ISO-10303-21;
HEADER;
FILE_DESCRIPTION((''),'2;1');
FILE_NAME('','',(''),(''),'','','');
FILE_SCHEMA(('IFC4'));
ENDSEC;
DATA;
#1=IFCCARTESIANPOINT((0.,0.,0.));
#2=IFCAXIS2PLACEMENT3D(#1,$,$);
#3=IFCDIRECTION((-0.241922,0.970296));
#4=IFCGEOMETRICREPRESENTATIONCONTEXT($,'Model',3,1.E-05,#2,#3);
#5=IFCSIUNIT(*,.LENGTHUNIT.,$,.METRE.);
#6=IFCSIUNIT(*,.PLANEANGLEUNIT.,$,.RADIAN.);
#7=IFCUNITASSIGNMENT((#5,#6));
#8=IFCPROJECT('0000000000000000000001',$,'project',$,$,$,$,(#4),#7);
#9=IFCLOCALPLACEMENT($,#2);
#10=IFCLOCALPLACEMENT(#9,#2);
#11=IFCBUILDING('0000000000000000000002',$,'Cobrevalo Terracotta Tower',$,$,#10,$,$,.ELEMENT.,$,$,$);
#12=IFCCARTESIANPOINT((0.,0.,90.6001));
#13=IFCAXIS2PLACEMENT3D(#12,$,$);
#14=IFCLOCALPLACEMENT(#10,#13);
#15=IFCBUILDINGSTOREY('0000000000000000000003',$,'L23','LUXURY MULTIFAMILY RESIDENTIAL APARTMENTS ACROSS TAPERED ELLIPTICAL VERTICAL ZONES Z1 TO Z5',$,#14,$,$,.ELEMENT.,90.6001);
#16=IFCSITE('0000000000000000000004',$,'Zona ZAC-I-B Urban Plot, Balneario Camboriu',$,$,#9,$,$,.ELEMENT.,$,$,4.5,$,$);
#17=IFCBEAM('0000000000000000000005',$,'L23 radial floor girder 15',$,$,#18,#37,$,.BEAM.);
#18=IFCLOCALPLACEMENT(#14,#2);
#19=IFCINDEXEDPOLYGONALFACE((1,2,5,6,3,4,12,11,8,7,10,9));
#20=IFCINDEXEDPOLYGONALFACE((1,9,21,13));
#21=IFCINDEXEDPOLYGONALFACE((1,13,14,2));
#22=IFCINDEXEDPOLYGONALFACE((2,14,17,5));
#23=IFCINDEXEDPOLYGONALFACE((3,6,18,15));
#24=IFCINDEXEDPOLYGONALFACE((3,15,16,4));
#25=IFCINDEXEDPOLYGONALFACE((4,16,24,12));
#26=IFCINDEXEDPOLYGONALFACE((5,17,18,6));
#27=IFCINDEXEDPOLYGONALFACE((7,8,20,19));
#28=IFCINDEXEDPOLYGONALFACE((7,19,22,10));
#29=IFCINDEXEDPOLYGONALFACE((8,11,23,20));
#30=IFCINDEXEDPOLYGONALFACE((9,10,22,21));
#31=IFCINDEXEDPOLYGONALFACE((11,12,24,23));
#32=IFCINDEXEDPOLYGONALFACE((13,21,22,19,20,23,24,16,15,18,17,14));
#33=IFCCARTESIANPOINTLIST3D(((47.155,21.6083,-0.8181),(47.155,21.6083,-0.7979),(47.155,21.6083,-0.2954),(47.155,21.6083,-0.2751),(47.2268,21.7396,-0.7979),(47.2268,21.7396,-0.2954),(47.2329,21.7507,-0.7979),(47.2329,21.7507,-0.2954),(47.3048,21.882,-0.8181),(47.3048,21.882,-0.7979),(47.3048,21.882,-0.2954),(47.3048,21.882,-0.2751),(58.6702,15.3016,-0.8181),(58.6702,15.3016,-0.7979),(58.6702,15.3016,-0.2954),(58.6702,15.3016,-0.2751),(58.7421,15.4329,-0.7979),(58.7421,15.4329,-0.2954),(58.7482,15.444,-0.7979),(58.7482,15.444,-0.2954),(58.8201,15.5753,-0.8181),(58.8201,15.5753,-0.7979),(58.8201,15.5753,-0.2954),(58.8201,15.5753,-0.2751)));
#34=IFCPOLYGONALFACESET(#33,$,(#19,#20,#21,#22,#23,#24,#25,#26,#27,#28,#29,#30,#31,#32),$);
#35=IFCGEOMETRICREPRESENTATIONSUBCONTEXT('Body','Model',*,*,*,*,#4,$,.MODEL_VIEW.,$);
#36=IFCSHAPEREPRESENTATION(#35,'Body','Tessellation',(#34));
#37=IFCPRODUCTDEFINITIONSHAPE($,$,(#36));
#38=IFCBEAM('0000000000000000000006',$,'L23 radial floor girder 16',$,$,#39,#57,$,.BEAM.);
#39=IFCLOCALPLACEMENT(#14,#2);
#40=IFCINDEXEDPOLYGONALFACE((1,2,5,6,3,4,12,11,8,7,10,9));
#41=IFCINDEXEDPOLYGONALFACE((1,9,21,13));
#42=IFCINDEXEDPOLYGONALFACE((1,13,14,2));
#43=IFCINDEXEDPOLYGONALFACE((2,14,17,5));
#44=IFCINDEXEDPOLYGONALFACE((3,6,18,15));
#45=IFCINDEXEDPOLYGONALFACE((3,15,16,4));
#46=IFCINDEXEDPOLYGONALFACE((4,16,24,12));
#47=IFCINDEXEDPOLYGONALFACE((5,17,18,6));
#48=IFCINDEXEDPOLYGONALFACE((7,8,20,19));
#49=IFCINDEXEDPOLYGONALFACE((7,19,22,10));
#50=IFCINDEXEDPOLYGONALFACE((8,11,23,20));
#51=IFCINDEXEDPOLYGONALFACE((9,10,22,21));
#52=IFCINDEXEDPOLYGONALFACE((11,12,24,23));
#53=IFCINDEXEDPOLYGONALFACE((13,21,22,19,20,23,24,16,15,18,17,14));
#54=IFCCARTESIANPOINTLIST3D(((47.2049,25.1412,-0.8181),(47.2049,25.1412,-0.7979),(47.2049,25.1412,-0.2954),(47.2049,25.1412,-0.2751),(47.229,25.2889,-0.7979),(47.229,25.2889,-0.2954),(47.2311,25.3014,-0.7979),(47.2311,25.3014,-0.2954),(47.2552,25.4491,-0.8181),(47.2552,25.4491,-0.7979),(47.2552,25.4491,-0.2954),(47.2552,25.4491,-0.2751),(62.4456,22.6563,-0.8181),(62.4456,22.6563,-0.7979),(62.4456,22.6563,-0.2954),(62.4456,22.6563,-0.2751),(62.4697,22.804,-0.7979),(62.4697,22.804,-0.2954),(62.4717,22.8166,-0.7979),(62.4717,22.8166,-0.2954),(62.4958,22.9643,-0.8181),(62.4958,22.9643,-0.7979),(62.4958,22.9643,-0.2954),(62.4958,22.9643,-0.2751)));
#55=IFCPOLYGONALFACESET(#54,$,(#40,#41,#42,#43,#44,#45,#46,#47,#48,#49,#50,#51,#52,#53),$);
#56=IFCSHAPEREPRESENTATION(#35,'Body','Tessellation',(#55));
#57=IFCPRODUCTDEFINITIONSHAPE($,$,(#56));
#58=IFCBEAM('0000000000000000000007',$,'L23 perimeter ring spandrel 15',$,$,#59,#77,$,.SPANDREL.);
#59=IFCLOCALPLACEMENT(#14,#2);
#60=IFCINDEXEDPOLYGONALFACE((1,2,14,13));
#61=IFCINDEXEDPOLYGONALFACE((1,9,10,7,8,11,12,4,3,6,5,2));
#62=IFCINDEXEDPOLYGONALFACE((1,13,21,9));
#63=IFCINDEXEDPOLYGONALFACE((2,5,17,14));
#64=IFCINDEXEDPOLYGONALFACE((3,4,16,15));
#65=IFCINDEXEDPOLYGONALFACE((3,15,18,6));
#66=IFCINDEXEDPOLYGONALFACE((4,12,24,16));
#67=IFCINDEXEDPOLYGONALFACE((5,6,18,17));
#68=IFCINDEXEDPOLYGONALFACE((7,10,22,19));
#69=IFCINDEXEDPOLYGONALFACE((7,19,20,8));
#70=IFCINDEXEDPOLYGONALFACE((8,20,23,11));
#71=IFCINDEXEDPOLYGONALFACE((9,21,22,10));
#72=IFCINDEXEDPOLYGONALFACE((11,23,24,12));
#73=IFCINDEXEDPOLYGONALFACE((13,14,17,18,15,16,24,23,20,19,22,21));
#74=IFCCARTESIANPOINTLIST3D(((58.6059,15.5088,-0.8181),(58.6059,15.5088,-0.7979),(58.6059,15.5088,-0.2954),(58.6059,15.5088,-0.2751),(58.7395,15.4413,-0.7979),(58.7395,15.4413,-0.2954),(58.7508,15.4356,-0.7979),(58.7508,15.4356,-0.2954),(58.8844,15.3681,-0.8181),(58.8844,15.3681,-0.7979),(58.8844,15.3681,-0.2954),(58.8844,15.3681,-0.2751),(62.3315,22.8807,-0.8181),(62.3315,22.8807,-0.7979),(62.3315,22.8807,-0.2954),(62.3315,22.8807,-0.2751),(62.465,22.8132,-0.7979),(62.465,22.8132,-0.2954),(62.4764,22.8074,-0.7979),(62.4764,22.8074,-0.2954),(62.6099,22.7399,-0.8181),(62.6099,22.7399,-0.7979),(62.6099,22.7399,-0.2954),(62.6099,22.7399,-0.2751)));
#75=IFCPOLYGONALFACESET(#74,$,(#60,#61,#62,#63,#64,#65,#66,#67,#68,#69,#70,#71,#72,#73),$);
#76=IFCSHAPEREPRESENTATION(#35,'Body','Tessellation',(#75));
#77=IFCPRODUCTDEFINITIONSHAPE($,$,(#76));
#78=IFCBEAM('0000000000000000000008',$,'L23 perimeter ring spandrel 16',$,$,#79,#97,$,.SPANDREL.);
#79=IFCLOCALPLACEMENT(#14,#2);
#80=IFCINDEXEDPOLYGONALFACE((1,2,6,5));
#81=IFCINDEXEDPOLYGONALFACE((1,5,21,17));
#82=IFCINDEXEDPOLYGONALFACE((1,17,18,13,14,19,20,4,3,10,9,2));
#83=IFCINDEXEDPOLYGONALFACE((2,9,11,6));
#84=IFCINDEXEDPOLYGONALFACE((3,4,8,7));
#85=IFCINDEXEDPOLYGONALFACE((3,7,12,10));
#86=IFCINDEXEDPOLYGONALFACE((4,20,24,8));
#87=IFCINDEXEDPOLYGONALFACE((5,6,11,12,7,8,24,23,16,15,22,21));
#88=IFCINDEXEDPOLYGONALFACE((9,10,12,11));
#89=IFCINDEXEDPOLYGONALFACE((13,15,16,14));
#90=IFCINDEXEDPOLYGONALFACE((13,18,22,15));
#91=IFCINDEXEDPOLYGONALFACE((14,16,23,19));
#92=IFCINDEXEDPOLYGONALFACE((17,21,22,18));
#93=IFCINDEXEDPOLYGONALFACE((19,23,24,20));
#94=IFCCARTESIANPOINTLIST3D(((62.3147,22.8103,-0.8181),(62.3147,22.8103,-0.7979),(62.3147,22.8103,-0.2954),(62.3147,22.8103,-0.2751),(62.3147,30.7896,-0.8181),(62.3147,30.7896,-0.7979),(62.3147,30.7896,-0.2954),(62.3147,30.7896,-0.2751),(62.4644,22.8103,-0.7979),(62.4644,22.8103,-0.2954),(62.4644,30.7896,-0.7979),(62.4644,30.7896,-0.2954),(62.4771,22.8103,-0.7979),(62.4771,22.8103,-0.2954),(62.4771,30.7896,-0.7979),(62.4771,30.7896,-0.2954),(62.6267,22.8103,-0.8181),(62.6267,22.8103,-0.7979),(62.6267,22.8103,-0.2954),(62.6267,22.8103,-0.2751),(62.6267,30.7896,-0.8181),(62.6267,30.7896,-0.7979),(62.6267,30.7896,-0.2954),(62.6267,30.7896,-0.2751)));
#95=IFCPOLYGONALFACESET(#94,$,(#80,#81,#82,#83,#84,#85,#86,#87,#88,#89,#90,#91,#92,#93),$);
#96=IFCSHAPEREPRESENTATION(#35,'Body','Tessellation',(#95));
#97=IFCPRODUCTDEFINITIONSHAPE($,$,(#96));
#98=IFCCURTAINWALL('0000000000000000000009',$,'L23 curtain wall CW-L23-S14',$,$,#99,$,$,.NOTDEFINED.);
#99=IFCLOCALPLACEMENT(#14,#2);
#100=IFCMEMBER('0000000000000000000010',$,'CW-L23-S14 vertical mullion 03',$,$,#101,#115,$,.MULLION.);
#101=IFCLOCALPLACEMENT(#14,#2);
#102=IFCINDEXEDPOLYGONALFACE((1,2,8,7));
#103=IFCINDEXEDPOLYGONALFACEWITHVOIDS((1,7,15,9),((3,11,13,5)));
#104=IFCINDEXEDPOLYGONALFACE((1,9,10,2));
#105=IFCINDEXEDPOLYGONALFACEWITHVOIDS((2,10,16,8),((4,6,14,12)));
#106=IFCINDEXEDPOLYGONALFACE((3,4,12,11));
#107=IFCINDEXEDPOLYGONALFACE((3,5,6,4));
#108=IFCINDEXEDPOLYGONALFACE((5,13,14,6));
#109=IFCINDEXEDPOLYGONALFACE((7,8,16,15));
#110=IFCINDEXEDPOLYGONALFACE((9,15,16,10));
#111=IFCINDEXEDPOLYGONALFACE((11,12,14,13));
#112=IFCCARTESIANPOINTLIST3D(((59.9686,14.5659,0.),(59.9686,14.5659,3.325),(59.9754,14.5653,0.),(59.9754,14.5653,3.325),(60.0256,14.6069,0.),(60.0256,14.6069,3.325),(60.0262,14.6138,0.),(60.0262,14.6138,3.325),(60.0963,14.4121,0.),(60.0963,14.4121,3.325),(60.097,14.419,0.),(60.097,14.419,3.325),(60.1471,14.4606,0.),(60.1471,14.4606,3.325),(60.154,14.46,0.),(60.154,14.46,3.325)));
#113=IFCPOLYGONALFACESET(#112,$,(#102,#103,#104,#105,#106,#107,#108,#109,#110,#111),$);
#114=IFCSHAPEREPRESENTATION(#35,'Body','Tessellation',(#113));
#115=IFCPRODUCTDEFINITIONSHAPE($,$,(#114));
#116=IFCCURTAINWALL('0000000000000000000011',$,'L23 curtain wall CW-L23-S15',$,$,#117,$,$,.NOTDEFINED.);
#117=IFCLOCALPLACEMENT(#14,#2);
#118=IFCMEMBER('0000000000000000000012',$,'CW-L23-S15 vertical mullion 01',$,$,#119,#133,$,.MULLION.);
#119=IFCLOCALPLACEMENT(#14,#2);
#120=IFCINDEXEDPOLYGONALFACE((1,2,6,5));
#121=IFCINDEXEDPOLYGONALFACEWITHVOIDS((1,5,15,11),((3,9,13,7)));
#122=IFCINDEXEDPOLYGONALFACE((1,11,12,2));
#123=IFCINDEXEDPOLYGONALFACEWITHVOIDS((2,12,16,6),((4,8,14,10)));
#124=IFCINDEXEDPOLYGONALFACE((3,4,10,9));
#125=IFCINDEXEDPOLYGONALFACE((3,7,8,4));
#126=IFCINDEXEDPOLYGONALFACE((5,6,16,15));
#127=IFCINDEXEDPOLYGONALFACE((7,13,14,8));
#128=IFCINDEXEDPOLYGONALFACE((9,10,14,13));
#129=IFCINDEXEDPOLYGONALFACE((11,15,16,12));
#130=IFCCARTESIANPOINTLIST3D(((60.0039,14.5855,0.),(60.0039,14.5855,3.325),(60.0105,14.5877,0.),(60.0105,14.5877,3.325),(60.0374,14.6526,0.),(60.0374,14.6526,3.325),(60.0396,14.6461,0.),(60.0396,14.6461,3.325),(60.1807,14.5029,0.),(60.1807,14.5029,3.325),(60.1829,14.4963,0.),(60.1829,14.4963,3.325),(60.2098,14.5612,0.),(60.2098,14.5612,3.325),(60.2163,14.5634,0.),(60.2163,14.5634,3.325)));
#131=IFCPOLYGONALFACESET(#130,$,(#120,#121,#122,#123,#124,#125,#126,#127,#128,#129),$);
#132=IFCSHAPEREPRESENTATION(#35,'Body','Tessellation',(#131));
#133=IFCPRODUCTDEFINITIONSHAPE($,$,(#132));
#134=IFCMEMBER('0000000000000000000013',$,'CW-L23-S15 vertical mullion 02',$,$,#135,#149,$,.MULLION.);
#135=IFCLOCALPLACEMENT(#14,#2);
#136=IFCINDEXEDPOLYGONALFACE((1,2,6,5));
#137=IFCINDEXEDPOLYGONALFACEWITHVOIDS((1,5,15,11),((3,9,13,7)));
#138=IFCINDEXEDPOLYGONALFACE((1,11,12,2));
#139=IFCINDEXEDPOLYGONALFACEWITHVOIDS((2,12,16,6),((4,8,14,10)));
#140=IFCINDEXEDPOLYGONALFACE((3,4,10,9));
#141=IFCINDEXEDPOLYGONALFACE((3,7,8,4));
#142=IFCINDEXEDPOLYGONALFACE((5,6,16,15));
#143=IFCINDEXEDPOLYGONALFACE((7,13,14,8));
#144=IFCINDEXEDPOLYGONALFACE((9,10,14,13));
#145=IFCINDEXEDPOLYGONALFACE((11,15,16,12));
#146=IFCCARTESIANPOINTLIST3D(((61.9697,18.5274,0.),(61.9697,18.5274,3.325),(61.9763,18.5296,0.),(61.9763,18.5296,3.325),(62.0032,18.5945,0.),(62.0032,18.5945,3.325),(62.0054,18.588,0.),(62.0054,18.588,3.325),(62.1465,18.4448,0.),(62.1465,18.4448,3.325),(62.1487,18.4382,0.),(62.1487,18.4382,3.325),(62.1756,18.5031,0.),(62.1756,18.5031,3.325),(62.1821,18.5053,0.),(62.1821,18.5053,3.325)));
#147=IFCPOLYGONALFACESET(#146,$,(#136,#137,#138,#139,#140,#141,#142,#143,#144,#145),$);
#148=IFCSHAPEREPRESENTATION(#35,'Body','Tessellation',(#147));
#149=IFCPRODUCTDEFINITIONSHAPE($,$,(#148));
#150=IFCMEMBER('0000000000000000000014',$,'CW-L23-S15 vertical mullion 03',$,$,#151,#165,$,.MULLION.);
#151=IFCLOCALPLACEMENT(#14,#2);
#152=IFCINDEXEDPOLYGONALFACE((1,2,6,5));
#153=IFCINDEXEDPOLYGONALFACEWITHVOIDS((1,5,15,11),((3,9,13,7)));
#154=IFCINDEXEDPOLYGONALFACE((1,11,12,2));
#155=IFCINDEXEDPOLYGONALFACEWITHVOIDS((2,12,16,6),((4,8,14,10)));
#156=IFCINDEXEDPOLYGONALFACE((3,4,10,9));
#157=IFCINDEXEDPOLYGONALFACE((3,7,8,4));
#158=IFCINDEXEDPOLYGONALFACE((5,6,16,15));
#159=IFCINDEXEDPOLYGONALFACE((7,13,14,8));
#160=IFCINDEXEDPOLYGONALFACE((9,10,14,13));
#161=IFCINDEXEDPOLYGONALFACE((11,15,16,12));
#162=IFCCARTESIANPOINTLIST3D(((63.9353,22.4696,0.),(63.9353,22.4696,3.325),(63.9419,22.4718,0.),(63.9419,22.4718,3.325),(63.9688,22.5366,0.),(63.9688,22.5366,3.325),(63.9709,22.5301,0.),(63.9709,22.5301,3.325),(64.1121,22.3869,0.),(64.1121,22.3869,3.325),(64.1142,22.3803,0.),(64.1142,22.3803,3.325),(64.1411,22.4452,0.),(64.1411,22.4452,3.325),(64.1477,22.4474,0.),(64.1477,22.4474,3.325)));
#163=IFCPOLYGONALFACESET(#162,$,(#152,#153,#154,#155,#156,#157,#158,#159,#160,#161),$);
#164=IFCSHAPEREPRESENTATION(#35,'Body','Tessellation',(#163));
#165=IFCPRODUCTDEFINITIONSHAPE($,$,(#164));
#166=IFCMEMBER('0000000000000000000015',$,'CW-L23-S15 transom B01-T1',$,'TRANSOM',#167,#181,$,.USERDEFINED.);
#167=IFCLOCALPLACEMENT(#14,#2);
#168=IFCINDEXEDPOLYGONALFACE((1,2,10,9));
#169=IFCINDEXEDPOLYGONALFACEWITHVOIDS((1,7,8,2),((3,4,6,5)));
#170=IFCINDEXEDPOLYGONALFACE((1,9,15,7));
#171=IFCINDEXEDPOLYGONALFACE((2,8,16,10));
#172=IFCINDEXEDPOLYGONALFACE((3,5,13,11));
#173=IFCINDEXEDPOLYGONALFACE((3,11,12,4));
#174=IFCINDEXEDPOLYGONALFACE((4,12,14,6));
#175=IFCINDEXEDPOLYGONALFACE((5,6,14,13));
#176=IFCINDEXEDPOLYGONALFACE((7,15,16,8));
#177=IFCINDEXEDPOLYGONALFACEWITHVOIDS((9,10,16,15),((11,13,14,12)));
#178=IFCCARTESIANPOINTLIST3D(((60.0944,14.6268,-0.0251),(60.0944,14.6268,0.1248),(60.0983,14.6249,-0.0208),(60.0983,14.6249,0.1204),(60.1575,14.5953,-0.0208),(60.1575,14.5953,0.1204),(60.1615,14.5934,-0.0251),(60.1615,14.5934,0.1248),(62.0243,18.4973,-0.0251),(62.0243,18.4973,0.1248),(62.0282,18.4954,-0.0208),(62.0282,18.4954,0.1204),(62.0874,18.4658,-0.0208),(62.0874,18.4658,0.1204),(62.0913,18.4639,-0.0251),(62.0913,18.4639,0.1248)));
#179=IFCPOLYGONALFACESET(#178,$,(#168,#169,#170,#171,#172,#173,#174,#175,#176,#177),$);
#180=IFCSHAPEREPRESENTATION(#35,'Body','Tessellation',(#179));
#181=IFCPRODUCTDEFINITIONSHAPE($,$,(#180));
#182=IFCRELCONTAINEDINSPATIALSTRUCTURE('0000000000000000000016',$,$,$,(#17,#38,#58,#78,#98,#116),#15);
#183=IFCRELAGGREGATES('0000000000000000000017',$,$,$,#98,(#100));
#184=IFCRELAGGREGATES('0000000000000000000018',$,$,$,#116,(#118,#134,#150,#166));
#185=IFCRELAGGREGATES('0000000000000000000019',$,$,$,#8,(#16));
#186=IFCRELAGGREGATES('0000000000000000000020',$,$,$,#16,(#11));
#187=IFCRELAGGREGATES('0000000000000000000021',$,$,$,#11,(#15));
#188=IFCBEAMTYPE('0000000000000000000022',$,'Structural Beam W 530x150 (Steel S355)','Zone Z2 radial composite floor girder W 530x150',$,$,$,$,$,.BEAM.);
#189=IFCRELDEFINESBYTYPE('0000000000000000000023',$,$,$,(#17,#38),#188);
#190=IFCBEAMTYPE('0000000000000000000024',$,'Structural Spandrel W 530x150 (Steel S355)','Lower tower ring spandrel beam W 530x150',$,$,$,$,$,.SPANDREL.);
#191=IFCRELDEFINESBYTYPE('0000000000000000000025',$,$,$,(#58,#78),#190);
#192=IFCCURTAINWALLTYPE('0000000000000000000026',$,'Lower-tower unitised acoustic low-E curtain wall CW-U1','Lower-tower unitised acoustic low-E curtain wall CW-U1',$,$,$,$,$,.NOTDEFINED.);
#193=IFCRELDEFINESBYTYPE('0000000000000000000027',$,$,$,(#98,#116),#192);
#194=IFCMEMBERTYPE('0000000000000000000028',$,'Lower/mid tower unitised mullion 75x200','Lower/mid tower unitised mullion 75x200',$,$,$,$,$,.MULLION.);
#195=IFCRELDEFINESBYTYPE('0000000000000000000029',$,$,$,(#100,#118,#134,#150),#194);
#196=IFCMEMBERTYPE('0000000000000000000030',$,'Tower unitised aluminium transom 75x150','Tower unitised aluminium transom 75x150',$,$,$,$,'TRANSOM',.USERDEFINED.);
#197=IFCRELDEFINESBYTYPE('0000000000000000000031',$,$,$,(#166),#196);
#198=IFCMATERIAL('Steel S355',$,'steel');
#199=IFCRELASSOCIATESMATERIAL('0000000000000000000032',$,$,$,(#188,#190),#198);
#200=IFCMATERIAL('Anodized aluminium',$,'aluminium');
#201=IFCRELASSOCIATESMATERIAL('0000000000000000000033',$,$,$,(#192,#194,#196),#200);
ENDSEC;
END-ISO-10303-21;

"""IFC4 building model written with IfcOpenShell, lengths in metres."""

from ifc_helpers import new_model, si_unit, direction, frame, origin, origin_2d, place, context, subcontext, project, spatial, hollow_rectangle, i_section, extrude, source, transform, mapped, material, material_profile, profile_set, type_object, element, aggregate, save


model = new_model("IFC4")

# Units and contexts
model_context = context("Model", 3, precision=1e-05, world=origin(), true_north=direction((-0.241922, 0.970296)))
body_context = subcontext(model_context, "Body", "Model", "MODEL_VIEW")
ifc_project = project(units=[si_unit("LENGTHUNIT", "METRE"), si_unit("PLANEANGLEUNIT", "RADIAN")], contexts=[model_context])

# Site, building, storey
site_placement = place(None, origin())
site = spatial("IfcSite", under=ifc_project, at=site_placement, Name="Zona ZAC-I-B Urban Plot, Balneario Camboriu", CompositionType="ELEMENT", RefElevation=4.5)
building_placement = place(site_placement, origin())
building = spatial("IfcBuilding", under=site, at=building_placement, Name="Cobrevalo Terracotta Tower", CompositionType="ELEMENT")
storey_placement = place(building_placement, frame((0.0, 0.0, 90.6001)))
storey = spatial("IfcBuildingStorey", under=building, at=storey_placement, Name="L23", Description="LUXURY MULTIFAMILY RESIDENTIAL APARTMENTS ACROSS TAPERED ELLIPTICAL VERTICAL ZONES Z1 TO Z5", CompositionType="ELEMENT", Elevation=90.6001)

# Shared definitions
ifc_material_1 = material(Name="Steel S355", Category="steel")

# Beams
ifc_material_profile_1 = material_profile(ifc_material_1, i_section(OverallWidth=0.312, OverallDepth=0.543, WebThickness=0.0127, FlangeThickness=0.0203, at=origin_2d()), Name="W 530x150")
ifc_profile_set_1 = profile_set([ifc_material_profile_1], Name="Steel S355")
beam_type_1 = type_object("IfcBeamType", Name="Structural Beam W 530x150 (Steel S355)", Description="Zone Z2 radial composite floor girder W 530x150", PredefinedType="BEAM", material=ifc_profile_set_1)
beam_1_placement = place(storey_placement, frame((58.7451, 15.4385, -0.5466), z_axis=(-0.877073, 0.480358, 0.0), x_axis=(-0.480358, -0.877073, 0.0)))
element("IfcBeam", 1, at=beam_1_placement, inside=storey, type_object=beam_type_1, Name="L23 radial floor girder 15", PredefinedType="BEAM", context=body_context, shape_type="SweptSolid", body=[
    extrude(i_section(OverallWidth=0.312, OverallDepth=0.543, WebThickness=0.0127, FlangeThickness=0.0203, at=origin_2d()), origin(), (0.0, 0.0, 1.0), 13.1292),
])
beam_2_placement = place(storey_placement, frame((62.4707, 22.8103, -0.5466), z_axis=(-0.986968, 0.160916, 0.0), x_axis=(-0.160916, -0.986968, 0.0)))
element("IfcBeam", 2, at=beam_2_placement, inside=storey, type_object=beam_type_1, Name="L23 radial floor girder 16", PredefinedType="BEAM", context=body_context, shape_type="SweptSolid", body=[
    extrude(i_section(OverallWidth=0.312, OverallDepth=0.543, WebThickness=0.0127, FlangeThickness=0.0203, at=origin_2d()), origin(), (0.0, 0.0, 1.0), 15.4419),
])
ifc_material_profile_2 = material_profile(ifc_material_1, i_section(OverallWidth=0.312, OverallDepth=0.543, WebThickness=0.0127, FlangeThickness=0.0203, at=origin_2d()), Name="W 530x150")
ifc_profile_set_2 = profile_set([ifc_material_profile_2], Name="Steel S355")
beam_type_2 = type_object("IfcBeamType", Name="Structural Spandrel W 530x150 (Steel S355)", Description="Lower tower ring spandrel beam W 530x150", PredefinedType="SPANDREL", material=ifc_profile_set_2)
beam_3_placement = place(storey_placement, frame((58.7451, 15.4385, -0.5466), z_axis=(0.451052, 0.892498, 0.0), x_axis=(-0.892498, 0.451052, 0.0)))
element("IfcBeam", 3, at=beam_3_placement, inside=storey, type_object=beam_type_2, Name="L23 perimeter ring spandrel 15", PredefinedType="SPANDREL", context=body_context, shape_type="SweptSolid", body=[
    extrude(i_section(OverallWidth=0.312, OverallDepth=0.543, WebThickness=0.0127, FlangeThickness=0.0203, at=origin_2d()), origin(), (0.0, 0.0, 1.0), 8.2598),
])
beam_4_placement = place(storey_placement, frame((62.4707, 22.8103, -0.5466), z_axis=(0.0, 1.0, 0.0), x_axis=(-1.0, 0.0, 0.0)))
element("IfcBeam", 4, at=beam_4_placement, inside=storey, type_object=beam_type_2, Name="L23 perimeter ring spandrel 16", PredefinedType="SPANDREL", context=body_context, shape_type="SweptSolid", body=[
    extrude(i_section(OverallWidth=0.312, OverallDepth=0.543, WebThickness=0.0127, FlangeThickness=0.0203, at=origin_2d()), origin(), (0.0, 0.0, 1.0), 7.9792),
])

# Curtain wall, member
ifc_material_2 = material(Name="Anodized aluminium", Category="aluminium")
curtain_wall_type = type_object("IfcCurtainWallType", Name="Lower-tower unitised acoustic low-E curtain wall CW-U1", Description="Lower-tower unitised acoustic low-E curtain wall CW-U1", PredefinedType="NOTDEFINED", material=ifc_material_2)
curtain_wall_1_placement = place(storey_placement, origin())
curtain_wall_1 = element("IfcCurtainWall", 5, at=curtain_wall_1_placement, inside=storey, type_object=curtain_wall_type, Name="L23 curtain wall CW-L23-S14", PredefinedType="NOTDEFINED")
ifc_material_profile_3 = material_profile(ifc_material_2, hollow_rectangle(XDim=0.075, YDim=0.2, WallThickness=0.0049, at=origin_2d()), Name="CWM 75x200")
ifc_profile_set_3 = profile_set([ifc_material_profile_3], Name="Anodized aluminium")
member_type_1 = type_object("IfcMemberType", Name="Lower/mid tower unitised mullion 75x200", Description="Lower/mid tower unitised mullion 75x200", PredefinedType="MULLION", material=ifc_profile_set_3)
shared_shape_1 = source(origin(), body_context, "Body", "SweptSolid", [
    extrude(hollow_rectangle(XDim=0.075, YDim=0.2, WallThickness=0.0049, at=origin_2d()), origin(), (0.0, 0.0, 1.0), 3.325),
])
member_1_placement = place(storey_placement, frame((60.0613, 14.5129, 0.0), z_axis=(0.0, 0.0, 1.0), x_axis=(0.769243, 0.638956, 0.0)))
member_1 = element("IfcMember", 6, at=member_1_placement, type_object=member_type_1, Name="CW-L23-S14 vertical mullion 03", PredefinedType="MULLION", context=body_context, shape_type="MappedRepresentation", body=[
    mapped(shared_shape_1, transform((0.0, 0.0, 0.0), scale=1.0)),
])

# Curtain wall, members
curtain_wall_2_placement = place(storey_placement, origin())
curtain_wall_2 = element("IfcCurtainWall", 7, at=curtain_wall_2_placement, inside=storey, type_object=curtain_wall_type, Name="L23 curtain wall CW-L23-S15", PredefinedType="NOTDEFINED")
member_2_placement = place(storey_placement, frame((60.1101, 14.5745, 0.0), z_axis=(0.0, 0.0, 1.0), x_axis=(0.44626, 0.894903, 0.0)))
member_2 = element("IfcMember", 8, at=member_2_placement, type_object=member_type_1, Name="CW-L23-S15 vertical mullion 01", PredefinedType="MULLION", context=body_context, shape_type="MappedRepresentation", body=[
    mapped(shared_shape_1, transform((0.0, 0.0, 0.0), scale=1.0)),
])
member_3_placement = place(storey_placement, frame((62.0759, 18.5164, 0.0), z_axis=(0.0, 0.0, 1.0), x_axis=(0.44626, 0.894903, 0.0)))
member_3 = element("IfcMember", 9, at=member_3_placement, type_object=member_type_1, Name="CW-L23-S15 vertical mullion 02", PredefinedType="MULLION", context=body_context, shape_type="MappedRepresentation", body=[
    mapped(shared_shape_1, transform((0.0, 0.0, 0.0), scale=1.0)),
])
member_4_placement = place(storey_placement, frame((64.0415, 22.4585, 0.0), z_axis=(0.0, 0.0, 1.0), x_axis=(0.44626, 0.894903, 0.0)))
member_4 = element("IfcMember", 10, at=member_4_placement, type_object=member_type_1, Name="CW-L23-S15 vertical mullion 03", PredefinedType="MULLION", context=body_context, shape_type="MappedRepresentation", body=[
    mapped(shared_shape_1, transform((0.0, 0.0, 0.0), scale=1.0)),
])
ifc_material_profile_4 = material_profile(ifc_material_2, hollow_rectangle(XDim=0.075, YDim=0.1499, WallThickness=0.0044, at=origin_2d()), Name="CWT 75x150")
ifc_profile_set_4 = profile_set([ifc_material_profile_4], Name="Anodized aluminium")
member_type_2 = type_object("IfcMemberType", Name="Tower unitised aluminium transom 75x150", Description="Tower unitised aluminium transom 75x150", ElementType="TRANSOM", PredefinedType="USERDEFINED", material=ifc_profile_set_4)
shared_shape_2 = source(origin(), body_context, "Body", "SweptSolid", [
    extrude(hollow_rectangle(XDim=0.075, YDim=0.1499, WallThickness=0.0044, at=origin_2d()), origin(), (0.0, 0.0, 1.0), 4.325),
])
member_5_placement = place(storey_placement, frame((60.1279, 14.6101, 0.0498), z_axis=(0.44622, 0.894923, 0.0), x_axis=(-0.894923, 0.44622, 0.0)))
member_5 = element("IfcMember", 11, at=member_5_placement, type_object=member_type_2, Name="CW-L23-S15 transom B01-T1", ObjectType="TRANSOM", PredefinedType="USERDEFINED", context=body_context, shape_type="MappedRepresentation", body=[
    mapped(shared_shape_2, transform((0.0, 0.0, 0.0), scale=1.0)),
])

aggregate(curtain_wall_1, [member_1])
aggregate(curtain_wall_2, [member_2, member_3, member_4, member_5])

save(model, "model.ifc")
